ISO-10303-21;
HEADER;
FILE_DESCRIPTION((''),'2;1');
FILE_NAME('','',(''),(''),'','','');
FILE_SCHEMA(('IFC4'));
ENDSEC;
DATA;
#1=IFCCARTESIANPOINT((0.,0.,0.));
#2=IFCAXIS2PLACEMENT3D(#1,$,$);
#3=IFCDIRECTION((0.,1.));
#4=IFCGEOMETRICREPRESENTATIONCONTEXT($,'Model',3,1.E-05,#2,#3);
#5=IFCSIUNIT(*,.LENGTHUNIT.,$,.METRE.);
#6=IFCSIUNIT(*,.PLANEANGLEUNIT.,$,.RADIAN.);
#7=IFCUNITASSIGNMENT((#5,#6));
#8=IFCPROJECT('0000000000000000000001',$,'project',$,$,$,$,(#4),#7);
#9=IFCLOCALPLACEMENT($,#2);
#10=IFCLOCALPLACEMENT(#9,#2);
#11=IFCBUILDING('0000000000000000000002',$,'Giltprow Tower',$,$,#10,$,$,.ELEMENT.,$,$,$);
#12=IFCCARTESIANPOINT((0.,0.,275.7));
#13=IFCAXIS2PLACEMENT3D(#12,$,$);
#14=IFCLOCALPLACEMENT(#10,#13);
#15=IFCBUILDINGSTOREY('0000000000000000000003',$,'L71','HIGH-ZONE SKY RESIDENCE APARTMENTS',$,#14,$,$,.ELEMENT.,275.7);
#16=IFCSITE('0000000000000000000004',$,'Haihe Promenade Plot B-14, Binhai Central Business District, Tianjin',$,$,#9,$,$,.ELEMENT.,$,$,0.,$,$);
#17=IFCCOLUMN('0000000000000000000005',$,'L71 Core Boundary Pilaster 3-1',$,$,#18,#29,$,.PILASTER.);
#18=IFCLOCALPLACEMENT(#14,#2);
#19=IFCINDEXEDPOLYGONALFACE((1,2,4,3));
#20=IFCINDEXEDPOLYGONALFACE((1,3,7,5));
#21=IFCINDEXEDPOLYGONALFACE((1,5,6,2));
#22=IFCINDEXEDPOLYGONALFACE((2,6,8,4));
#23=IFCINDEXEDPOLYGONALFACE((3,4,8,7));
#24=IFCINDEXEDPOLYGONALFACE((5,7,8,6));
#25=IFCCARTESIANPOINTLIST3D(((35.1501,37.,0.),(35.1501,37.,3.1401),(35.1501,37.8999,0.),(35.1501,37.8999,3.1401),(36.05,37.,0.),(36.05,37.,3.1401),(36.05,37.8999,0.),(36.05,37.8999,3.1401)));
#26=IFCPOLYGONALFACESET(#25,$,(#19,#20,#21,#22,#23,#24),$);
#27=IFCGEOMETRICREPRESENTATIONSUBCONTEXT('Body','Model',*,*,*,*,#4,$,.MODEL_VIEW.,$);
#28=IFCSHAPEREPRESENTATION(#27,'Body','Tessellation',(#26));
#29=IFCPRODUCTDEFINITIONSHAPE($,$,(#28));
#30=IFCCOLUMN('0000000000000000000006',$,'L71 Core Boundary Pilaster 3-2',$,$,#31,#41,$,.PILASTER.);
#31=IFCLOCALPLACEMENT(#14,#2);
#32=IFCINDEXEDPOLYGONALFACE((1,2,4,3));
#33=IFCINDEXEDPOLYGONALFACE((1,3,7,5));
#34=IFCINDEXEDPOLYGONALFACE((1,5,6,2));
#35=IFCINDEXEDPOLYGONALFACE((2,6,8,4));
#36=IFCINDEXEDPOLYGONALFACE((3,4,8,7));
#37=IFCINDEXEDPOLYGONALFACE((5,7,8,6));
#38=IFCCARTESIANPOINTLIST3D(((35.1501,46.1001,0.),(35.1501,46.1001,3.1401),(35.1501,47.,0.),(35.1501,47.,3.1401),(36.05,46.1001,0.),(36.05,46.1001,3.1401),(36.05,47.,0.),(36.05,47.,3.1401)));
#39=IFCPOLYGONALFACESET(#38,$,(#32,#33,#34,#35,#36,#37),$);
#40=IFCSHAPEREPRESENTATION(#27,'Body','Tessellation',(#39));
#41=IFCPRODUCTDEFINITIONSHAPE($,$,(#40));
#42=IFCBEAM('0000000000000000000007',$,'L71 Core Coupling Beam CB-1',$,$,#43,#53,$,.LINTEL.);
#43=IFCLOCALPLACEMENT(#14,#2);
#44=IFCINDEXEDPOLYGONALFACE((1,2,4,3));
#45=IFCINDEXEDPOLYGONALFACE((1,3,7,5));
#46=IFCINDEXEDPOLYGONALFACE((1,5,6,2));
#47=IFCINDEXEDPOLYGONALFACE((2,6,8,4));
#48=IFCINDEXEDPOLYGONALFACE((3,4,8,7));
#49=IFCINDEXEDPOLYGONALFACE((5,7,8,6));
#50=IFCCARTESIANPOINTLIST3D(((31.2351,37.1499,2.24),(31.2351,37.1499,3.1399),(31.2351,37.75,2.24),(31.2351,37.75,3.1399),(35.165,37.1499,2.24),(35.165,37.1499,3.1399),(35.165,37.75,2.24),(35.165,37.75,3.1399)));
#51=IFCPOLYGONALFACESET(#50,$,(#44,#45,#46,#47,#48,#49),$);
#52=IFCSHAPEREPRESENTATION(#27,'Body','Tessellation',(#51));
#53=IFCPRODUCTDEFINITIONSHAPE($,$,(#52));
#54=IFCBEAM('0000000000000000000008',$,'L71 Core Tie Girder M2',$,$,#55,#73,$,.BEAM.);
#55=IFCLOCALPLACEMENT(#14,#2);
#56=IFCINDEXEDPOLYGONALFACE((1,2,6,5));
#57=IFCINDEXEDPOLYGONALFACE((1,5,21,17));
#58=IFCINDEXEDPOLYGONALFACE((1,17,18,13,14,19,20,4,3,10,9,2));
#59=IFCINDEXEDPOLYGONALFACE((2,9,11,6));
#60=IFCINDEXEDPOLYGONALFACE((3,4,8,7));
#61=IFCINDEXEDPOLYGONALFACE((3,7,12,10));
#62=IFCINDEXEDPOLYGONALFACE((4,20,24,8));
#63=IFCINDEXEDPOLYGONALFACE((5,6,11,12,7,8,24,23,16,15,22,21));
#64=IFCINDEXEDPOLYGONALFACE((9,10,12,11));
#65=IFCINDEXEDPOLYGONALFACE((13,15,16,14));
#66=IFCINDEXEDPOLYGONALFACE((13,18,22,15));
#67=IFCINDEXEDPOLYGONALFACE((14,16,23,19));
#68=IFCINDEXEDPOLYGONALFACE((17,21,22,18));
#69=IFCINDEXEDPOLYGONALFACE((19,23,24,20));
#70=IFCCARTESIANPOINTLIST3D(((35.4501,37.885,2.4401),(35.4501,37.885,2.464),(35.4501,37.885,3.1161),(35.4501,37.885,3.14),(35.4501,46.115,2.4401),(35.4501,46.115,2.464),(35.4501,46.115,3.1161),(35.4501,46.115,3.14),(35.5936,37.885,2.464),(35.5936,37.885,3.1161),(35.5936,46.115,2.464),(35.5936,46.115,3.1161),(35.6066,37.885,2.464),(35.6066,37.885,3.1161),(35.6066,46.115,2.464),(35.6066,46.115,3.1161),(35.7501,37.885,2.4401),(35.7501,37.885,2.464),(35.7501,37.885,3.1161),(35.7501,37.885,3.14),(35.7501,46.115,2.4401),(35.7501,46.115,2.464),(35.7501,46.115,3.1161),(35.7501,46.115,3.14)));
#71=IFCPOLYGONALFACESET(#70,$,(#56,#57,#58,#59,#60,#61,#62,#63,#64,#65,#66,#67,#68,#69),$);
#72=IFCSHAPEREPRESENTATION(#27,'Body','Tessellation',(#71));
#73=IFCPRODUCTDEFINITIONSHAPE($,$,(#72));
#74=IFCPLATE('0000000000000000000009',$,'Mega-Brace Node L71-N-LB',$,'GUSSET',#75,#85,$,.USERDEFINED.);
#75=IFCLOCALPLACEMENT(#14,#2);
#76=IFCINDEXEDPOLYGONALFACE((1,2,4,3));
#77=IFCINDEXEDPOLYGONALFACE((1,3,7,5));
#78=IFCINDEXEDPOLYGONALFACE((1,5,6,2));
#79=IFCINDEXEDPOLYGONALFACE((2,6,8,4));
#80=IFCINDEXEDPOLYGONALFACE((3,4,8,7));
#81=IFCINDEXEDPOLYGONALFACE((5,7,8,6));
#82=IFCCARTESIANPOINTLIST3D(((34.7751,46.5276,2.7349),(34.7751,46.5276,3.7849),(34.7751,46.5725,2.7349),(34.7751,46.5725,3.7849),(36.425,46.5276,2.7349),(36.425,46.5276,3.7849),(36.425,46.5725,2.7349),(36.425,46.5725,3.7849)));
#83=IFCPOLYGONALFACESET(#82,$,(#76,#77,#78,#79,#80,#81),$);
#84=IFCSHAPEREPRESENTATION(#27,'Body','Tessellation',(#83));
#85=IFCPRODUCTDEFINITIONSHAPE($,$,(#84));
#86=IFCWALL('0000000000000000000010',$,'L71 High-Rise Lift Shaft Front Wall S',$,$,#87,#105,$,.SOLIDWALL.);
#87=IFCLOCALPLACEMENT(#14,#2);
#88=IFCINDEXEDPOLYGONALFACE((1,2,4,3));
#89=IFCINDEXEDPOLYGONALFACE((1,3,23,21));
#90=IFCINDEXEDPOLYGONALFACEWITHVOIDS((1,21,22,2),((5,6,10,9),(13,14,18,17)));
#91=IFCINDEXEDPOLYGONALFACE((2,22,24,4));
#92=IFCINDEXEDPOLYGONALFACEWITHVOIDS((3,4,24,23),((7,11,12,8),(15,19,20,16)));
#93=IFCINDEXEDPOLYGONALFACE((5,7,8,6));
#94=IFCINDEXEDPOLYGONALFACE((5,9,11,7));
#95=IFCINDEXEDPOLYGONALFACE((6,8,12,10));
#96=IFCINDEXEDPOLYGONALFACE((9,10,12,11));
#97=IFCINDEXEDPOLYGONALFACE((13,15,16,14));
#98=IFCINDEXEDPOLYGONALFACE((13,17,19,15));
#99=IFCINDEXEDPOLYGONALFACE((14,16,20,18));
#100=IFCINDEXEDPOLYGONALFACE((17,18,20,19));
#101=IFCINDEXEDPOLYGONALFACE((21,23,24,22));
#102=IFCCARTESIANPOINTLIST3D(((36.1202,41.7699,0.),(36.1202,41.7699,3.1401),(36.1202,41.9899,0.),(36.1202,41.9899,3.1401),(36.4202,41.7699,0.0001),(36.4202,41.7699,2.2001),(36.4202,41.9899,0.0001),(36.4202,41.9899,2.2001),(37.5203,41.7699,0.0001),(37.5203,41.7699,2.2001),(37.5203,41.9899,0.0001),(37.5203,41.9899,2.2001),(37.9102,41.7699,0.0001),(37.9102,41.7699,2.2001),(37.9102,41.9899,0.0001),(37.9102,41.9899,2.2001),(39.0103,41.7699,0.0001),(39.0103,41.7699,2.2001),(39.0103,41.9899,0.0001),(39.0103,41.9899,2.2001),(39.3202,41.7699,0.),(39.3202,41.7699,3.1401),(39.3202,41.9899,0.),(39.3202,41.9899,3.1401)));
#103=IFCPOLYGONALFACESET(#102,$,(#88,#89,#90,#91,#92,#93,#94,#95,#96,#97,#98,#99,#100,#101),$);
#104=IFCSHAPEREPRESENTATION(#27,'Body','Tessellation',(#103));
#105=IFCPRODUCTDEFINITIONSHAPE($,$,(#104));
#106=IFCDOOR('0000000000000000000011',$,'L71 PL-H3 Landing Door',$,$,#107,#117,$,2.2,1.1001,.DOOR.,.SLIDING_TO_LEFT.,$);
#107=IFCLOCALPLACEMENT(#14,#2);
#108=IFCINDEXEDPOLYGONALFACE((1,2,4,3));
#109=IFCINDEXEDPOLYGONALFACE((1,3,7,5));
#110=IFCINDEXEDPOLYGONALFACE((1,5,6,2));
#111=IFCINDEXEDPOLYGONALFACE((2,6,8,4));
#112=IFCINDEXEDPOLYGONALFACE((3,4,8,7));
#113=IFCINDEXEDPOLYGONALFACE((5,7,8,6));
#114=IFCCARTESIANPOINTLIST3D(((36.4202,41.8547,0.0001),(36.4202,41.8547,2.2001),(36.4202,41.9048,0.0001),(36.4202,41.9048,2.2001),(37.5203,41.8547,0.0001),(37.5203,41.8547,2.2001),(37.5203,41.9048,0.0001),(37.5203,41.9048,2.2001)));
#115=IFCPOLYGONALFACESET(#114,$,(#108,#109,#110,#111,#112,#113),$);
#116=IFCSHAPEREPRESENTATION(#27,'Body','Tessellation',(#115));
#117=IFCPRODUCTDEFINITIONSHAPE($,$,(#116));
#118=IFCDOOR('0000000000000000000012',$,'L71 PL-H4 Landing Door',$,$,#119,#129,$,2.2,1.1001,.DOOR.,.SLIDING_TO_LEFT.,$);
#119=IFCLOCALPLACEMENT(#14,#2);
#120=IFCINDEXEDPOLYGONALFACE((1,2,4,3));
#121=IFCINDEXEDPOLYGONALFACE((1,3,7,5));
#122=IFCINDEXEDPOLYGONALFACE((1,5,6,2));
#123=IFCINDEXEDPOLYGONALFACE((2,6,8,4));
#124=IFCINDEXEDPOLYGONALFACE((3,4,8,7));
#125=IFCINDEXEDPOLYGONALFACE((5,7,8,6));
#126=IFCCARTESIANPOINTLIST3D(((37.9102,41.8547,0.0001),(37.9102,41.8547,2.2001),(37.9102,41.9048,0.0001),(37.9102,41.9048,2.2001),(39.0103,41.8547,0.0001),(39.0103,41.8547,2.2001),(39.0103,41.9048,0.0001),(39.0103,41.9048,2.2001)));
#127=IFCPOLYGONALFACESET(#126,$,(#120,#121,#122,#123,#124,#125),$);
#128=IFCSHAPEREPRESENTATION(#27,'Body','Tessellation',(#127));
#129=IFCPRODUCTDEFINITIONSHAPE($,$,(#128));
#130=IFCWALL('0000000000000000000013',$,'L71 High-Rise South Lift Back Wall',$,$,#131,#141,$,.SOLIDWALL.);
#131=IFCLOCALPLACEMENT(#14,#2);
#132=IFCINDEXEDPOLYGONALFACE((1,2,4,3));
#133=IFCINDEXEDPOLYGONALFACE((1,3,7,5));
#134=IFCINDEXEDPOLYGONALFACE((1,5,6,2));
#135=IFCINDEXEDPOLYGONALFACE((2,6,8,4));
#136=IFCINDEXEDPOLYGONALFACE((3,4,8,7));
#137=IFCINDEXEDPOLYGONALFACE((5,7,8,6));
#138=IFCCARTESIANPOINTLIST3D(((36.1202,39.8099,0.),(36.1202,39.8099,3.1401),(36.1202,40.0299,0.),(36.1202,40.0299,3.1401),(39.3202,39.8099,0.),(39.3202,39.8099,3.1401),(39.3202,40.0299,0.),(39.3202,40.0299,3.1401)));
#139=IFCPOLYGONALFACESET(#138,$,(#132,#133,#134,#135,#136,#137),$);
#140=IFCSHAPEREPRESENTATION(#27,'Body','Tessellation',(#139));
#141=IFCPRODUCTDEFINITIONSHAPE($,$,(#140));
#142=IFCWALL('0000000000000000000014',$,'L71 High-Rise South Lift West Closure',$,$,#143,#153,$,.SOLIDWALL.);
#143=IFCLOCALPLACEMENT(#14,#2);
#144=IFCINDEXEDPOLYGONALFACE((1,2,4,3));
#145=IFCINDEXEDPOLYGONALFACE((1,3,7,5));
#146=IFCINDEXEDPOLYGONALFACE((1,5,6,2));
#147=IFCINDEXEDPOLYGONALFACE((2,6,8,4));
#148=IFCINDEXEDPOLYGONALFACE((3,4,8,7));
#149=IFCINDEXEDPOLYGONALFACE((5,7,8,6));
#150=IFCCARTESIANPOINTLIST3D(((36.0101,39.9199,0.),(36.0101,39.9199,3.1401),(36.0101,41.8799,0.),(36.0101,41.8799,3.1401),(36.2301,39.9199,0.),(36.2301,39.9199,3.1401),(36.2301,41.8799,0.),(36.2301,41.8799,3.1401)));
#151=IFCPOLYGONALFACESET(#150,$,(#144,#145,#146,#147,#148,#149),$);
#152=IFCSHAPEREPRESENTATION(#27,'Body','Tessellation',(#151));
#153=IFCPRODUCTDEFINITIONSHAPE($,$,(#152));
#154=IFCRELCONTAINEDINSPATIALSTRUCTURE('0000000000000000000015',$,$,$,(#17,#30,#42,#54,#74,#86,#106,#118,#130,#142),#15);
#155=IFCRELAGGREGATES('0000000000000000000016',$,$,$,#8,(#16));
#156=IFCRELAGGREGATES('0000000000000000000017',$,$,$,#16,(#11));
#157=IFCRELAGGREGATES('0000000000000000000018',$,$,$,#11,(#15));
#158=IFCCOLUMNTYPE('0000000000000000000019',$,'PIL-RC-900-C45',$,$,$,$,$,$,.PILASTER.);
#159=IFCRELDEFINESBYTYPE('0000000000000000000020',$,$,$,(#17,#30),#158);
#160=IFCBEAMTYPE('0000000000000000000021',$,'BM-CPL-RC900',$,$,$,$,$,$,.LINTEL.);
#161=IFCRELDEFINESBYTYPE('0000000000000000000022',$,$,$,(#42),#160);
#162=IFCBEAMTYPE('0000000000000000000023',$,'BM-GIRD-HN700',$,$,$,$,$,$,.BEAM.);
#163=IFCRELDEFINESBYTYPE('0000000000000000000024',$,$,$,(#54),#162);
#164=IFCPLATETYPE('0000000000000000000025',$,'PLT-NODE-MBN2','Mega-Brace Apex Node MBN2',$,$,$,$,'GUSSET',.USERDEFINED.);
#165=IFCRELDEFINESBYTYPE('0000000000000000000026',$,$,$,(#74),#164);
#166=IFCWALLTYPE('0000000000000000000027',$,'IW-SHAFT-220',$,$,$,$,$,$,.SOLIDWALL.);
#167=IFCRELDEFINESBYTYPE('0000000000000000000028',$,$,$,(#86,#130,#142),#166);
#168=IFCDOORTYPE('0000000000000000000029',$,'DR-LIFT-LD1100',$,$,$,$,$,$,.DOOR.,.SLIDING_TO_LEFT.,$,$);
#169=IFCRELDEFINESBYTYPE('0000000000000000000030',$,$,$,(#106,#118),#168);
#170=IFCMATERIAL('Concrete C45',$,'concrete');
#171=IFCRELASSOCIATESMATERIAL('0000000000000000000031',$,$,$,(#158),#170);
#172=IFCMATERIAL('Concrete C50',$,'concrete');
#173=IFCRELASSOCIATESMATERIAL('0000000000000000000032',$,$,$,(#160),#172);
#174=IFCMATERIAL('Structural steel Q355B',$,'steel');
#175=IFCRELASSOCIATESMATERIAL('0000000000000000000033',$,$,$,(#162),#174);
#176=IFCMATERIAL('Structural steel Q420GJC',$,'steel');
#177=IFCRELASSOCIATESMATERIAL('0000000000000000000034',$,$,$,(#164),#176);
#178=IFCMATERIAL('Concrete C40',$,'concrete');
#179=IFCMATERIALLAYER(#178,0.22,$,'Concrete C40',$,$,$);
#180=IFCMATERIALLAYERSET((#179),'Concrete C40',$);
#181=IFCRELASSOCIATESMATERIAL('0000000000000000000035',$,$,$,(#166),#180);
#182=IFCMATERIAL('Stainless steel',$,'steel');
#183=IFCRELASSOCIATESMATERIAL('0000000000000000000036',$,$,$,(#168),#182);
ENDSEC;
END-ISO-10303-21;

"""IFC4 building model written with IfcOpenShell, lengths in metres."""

from ifc_helpers import new_model, si_unit, direction, frame, frame_2d, origin, origin_2d, place, context, subcontext, project, spatial, rectangle, i_section, extrude, source, transform, mapped, material, layer, layer_set, material_profile, profile_set, type_object, element, fill, save


model = new_model("IFC4")

# Units and contexts
model_context = context("Model", 3, precision=1e-05, world=origin(), true_north=direction((0.0, 1.0)))
body_context = subcontext(model_context, "Body", "Model", "MODEL_VIEW")
ifc_project = project(units=[si_unit("LENGTHUNIT", "METRE"), si_unit("PLANEANGLEUNIT", "RADIAN")], contexts=[model_context])

# Site, building, storey
site_placement = place(None, origin())
site = spatial("IfcSite", under=ifc_project, at=site_placement, Name="Haihe Promenade Plot B-14, Binhai Central Business District, Tianjin", CompositionType="ELEMENT", RefElevation=0.0)
building_placement = place(site_placement, origin())
building = spatial("IfcBuilding", under=site, at=building_placement, Name="Giltprow Tower", CompositionType="ELEMENT")
storey_placement = place(building_placement, frame((0.0, 0.0, 275.7)))
storey = spatial("IfcBuildingStorey", under=building, at=storey_placement, Name="L71", Description="HIGH-ZONE SKY RESIDENCE APARTMENTS", CompositionType="ELEMENT", Elevation=275.7)

# Columns
ifc_material_1 = material(Name="Concrete C45", Category="concrete")
ifc_material_profile_1 = material_profile(ifc_material_1, rectangle(XDim=0.8999, YDim=0.8999, at=origin_2d()), Name="RC 900x900")
ifc_profile_set_1 = profile_set([ifc_material_profile_1], Name="Concrete C45")
column_type = type_object("IfcColumnType", Name="PIL-RC-900-C45", PredefinedType="PILASTER", material=ifc_profile_set_1)
shared_shape_1 = source(origin(), body_context, "Body", "SweptSolid", [
    extrude(rectangle(XDim=0.8999, YDim=0.8999, at=origin_2d()), origin(), (0.0, 0.0, 1.0), 3.1401),
])
for number, where, z_axis, x_axis, name in (
    (1, (35.6001, 37.45, 0.0), (0.0, 0.0, 1.0), (1.0, 0.0, 0.0), "L71 Core Boundary Pilaster 3-1"),
    (2, (35.6001, 46.55, 0.0), (0.0, 0.0, 1.0), (1.0, 0.0, 0.0), "L71 Core Boundary Pilaster 3-2"),
):
    element("IfcColumn", number, at=place(storey_placement, frame(where, z_axis=z_axis, x_axis=x_axis)), inside=storey, type_object=column_type, Name=name, PredefinedType="PILASTER", context=body_context, shape_type="MappedRepresentation", body=[
        mapped(shared_shape_1, transform((0.0, 0.0, 0.0), x_axis=(1.0, 0.0, 0.0), y_axis=(0.0, 1.0, 0.0), z_axis=(0.0, 0.0, 1.0), scale=1.0)),
    ])

# Beams
ifc_material_2 = material(Name="Concrete C50", Category="concrete")
ifc_material_profile_2 = material_profile(ifc_material_2, rectangle(XDim=0.6001, YDim=0.8999, at=origin_2d()), Name="RC 900x600")
ifc_profile_set_2 = profile_set([ifc_material_profile_2], Name="Concrete C50")
beam_type_1 = type_object("IfcBeamType", Name="BM-CPL-RC900", PredefinedType="LINTEL", material=ifc_profile_set_2)
shared_shape_2 = source(origin(), body_context, "Body", "SweptSolid", [
    extrude(rectangle(XDim=0.6001, YDim=0.8999, at=origin_2d()), origin(), (0.0, 0.0, 1.0), 3.9299),
])
beam_1_placement = place(storey_placement, frame((31.2351, 37.45, 2.6899), z_axis=(1.0, 0.0, 0.0), x_axis=(0.0, 1.0, 0.0)))
element("IfcBeam", 3, at=beam_1_placement, inside=storey, type_object=beam_type_1, Name="L71 Core Coupling Beam CB-1", PredefinedType="LINTEL", context=body_context, shape_type="MappedRepresentation", body=[
    mapped(shared_shape_2, transform((0.0, 0.0, 0.0), x_axis=(1.0, 0.0, 0.0), y_axis=(0.0, 1.0, 0.0), z_axis=(0.0, 0.0, 1.0), scale=1.0)),
])
ifc_material_3 = material(Name="Structural steel Q355B", Category="steel")
ifc_material_profile_3 = material_profile(ifc_material_3, i_section(OverallWidth=0.3, OverallDepth=0.7, WebThickness=0.0129, FlangeThickness=0.0239, at=origin_2d()), Name="HN 700x300x13x24")
ifc_profile_set_3 = profile_set([ifc_material_profile_3], Name="Structural steel Q355B")
beam_type_2 = type_object("IfcBeamType", Name="BM-GIRD-HN700", PredefinedType="BEAM", material=ifc_profile_set_3)
shared_shape_3 = source(origin(), body_context, "Body", "SweptSolid", [
    extrude(i_section(OverallWidth=0.3, OverallDepth=0.7, WebThickness=0.0129, FlangeThickness=0.0239, at=origin_2d()), origin(), (0.0, 0.0, 1.0), 8.23),
])
beam_2_placement = place(storey_placement, frame((35.6001, 37.885, 2.79), z_axis=(0.0, 1.0, 0.0), x_axis=(-1.0, 0.0, 0.0)))
element("IfcBeam", 4, at=beam_2_placement, inside=storey, type_object=beam_type_2, Name="L71 Core Tie Girder M2", PredefinedType="BEAM", context=body_context, shape_type="MappedRepresentation", body=[
    mapped(shared_shape_3, transform((0.0, 0.0, 0.0), x_axis=(1.0, 0.0, 0.0), y_axis=(0.0, 1.0, 0.0), z_axis=(0.0, 0.0, 1.0), scale=1.0)),
])

# Plate
ifc_material_4 = material(Name="Structural steel Q420GJC", Category="steel")
plate_type = type_object("IfcPlateType", Name="PLT-NODE-MBN2", Description="Mega-Brace Apex Node MBN2", ElementType="GUSSET", PredefinedType="USERDEFINED", material=ifc_material_4)
shared_shape_4 = source(origin(), body_context, "Body", "SweptSolid", [
    extrude(rectangle(XDim=1.6499, YDim=0.0449, at=origin_2d()), origin(), (0.0, 0.0, 1.0), 1.05),
])
plate_placement = place(storey_placement, frame((35.6001, 46.55, 2.7349), z_axis=(0.0, 0.0, 1.0), x_axis=(1.0, 0.0, 0.0)))
element("IfcPlate", 5, at=plate_placement, inside=storey, type_object=plate_type, Name="Mega-Brace Node L71-N-LB", ObjectType="GUSSET", PredefinedType="USERDEFINED", context=body_context, shape_type="MappedRepresentation", body=[
    mapped(shared_shape_4, transform((0.0, 0.0, 0.0), x_axis=(1.0, 0.0, 0.0), y_axis=(0.0, 1.0, 0.0), z_axis=(0.0, 0.0, 1.0), scale=1.0)),
])

# Wall, openings, doors
ifc_material_5 = material(Name="Concrete C40", Category="concrete")
ifc_layer_1 = layer(ifc_material_5, 0.22, Name="Concrete C40")
ifc_layer_set_1 = layer_set([ifc_layer_1], Name="Concrete C40")
wall_type_1 = type_object("IfcWallType", Name="IW-SHAFT-220", PredefinedType="SOLIDWALL", material=ifc_layer_set_1)
wall_1_placement = place(storey_placement, frame((36.1201, 41.8799, 0.0), z_axis=(0.0, 0.0, 1.0), x_axis=(1.0, 0.0, 0.0)))
wall_1 = element("IfcWall", 6, at=wall_1_placement, inside=storey, type_object=wall_type_1, Name="L71 High-Rise Lift Shaft Front Wall S", PredefinedType="SOLIDWALL", context=body_context, shape_type="SweptSolid", body=[
    extrude(rectangle(XDim=3.2, YDim=0.22, at=frame_2d((1.6001, 0.0))), origin(), (0.0, 0.0, 1.0), 3.1401),
])
opening_1_placement = place(wall_1_placement, frame((0.3, 0.0, 0.0)))
opening_1 = element("IfcOpeningElement", 7, at=opening_1_placement, cuts=wall_1, PredefinedType="OPENING", context=body_context, shape_type="SweptSolid", body=[
    extrude(rectangle(XDim=1.1001, YDim=2.2, at=frame_2d((0.55, 1.1001))), frame((0.0, 0.1199, 0.0), z_axis=(0.0, -1.0, 0.0), x_axis=(1.0, 0.0, 0.0)), (0.0, 0.0, 1.0), 0.24),
])
opening_2_placement = place(wall_1_placement, frame((1.79, 0.0, 0.0)))
opening_2 = element("IfcOpeningElement", 8, at=opening_2_placement, cuts=wall_1, PredefinedType="OPENING", context=body_context, shape_type="SweptSolid", body=[
    extrude(rectangle(XDim=1.1001, YDim=2.2, at=frame_2d((0.55, 1.1001))), frame((0.0, 0.1199, 0.0), z_axis=(0.0, -1.0, 0.0), x_axis=(1.0, 0.0, 0.0)), (0.0, 0.0, 1.0), 0.24),
])
ifc_material_6 = material(Name="Stainless steel", Category="steel")
door_type_1 = type_object("IfcDoorType", Name="DR-LIFT-LD1100", OperationType="SLIDING_TO_LEFT", PredefinedType="DOOR", material=ifc_material_6)
shared_shape_5 = source(origin(), body_context, "Body", "SweptSolid", [
    extrude(rectangle(XDim=1.1001, YDim=2.2, at=frame_2d((0.55, 1.1001))), frame((0.0, 0.0249, 0.0), z_axis=(0.0, -1.0, 0.0), x_axis=(1.0, 0.0, 0.0)), (0.0, 0.0, 1.0), 0.05),
])
door_1_placement = place(opening_1_placement, origin())
door_1 = element("IfcDoor", 9, at=door_1_placement, inside=storey, type_object=door_type_1, Name="L71 PL-H3 Landing Door", OperationType="SLIDING_TO_LEFT", OverallHeight=2.2, OverallWidth=1.1001, PredefinedType="DOOR", context=body_context, shape_type="MappedRepresentation", body=[
    mapped(shared_shape_5, transform((0.0, 0.0, 0.0), x_axis=(1.0, 0.0, 0.0), y_axis=(0.0, 1.0, 0.0), z_axis=(0.0, 0.0, 1.0), scale=1.0)),
])
fill(opening_1, door_1)
door_2_placement = place(opening_2_placement, origin())
door_2 = element("IfcDoor", 10, at=door_2_placement, inside=storey, type_object=door_type_1, Name="L71 PL-H4 Landing Door", OperationType="SLIDING_TO_LEFT", OverallHeight=2.2, OverallWidth=1.1001, PredefinedType="DOOR", context=body_context, shape_type="MappedRepresentation", body=[
    mapped(shared_shape_5, transform((0.0, 0.0, 0.0), x_axis=(1.0, 0.0, 0.0), y_axis=(0.0, 1.0, 0.0), z_axis=(0.0, 0.0, 1.0), scale=1.0)),
])
fill(opening_2, door_2)

# Walls
wall_2_placement = place(storey_placement, frame((36.1201, 39.9199, 0.0), z_axis=(0.0, 0.0, 1.0), x_axis=(1.0, 0.0, 0.0)))
element("IfcWall", 11, at=wall_2_placement, inside=storey, type_object=wall_type_1, Name="L71 High-Rise South Lift Back Wall", PredefinedType="SOLIDWALL", context=body_context, shape_type="SweptSolid", body=[
    extrude(rectangle(XDim=3.2, YDim=0.22, at=frame_2d((1.6001, 0.0))), origin(), (0.0, 0.0, 1.0), 3.1401),
])
wall_3_placement = place(storey_placement, frame((36.1201, 39.9199, 0.0), z_axis=(0.0, 0.0, 1.0), x_axis=(0.0, 1.0, 0.0)))
element("IfcWall", 12, at=wall_3_placement, inside=storey, type_object=wall_type_1, Name="L71 High-Rise South Lift West Closure", PredefinedType="SOLIDWALL", context=body_context, shape_type="SweptSolid", body=[
    extrude(rectangle(XDim=1.96, YDim=0.22, at=frame_2d((0.98, 0.0))), origin(), (0.0, 0.0, 1.0), 3.1401),
])

save(model, "model.ifc")
